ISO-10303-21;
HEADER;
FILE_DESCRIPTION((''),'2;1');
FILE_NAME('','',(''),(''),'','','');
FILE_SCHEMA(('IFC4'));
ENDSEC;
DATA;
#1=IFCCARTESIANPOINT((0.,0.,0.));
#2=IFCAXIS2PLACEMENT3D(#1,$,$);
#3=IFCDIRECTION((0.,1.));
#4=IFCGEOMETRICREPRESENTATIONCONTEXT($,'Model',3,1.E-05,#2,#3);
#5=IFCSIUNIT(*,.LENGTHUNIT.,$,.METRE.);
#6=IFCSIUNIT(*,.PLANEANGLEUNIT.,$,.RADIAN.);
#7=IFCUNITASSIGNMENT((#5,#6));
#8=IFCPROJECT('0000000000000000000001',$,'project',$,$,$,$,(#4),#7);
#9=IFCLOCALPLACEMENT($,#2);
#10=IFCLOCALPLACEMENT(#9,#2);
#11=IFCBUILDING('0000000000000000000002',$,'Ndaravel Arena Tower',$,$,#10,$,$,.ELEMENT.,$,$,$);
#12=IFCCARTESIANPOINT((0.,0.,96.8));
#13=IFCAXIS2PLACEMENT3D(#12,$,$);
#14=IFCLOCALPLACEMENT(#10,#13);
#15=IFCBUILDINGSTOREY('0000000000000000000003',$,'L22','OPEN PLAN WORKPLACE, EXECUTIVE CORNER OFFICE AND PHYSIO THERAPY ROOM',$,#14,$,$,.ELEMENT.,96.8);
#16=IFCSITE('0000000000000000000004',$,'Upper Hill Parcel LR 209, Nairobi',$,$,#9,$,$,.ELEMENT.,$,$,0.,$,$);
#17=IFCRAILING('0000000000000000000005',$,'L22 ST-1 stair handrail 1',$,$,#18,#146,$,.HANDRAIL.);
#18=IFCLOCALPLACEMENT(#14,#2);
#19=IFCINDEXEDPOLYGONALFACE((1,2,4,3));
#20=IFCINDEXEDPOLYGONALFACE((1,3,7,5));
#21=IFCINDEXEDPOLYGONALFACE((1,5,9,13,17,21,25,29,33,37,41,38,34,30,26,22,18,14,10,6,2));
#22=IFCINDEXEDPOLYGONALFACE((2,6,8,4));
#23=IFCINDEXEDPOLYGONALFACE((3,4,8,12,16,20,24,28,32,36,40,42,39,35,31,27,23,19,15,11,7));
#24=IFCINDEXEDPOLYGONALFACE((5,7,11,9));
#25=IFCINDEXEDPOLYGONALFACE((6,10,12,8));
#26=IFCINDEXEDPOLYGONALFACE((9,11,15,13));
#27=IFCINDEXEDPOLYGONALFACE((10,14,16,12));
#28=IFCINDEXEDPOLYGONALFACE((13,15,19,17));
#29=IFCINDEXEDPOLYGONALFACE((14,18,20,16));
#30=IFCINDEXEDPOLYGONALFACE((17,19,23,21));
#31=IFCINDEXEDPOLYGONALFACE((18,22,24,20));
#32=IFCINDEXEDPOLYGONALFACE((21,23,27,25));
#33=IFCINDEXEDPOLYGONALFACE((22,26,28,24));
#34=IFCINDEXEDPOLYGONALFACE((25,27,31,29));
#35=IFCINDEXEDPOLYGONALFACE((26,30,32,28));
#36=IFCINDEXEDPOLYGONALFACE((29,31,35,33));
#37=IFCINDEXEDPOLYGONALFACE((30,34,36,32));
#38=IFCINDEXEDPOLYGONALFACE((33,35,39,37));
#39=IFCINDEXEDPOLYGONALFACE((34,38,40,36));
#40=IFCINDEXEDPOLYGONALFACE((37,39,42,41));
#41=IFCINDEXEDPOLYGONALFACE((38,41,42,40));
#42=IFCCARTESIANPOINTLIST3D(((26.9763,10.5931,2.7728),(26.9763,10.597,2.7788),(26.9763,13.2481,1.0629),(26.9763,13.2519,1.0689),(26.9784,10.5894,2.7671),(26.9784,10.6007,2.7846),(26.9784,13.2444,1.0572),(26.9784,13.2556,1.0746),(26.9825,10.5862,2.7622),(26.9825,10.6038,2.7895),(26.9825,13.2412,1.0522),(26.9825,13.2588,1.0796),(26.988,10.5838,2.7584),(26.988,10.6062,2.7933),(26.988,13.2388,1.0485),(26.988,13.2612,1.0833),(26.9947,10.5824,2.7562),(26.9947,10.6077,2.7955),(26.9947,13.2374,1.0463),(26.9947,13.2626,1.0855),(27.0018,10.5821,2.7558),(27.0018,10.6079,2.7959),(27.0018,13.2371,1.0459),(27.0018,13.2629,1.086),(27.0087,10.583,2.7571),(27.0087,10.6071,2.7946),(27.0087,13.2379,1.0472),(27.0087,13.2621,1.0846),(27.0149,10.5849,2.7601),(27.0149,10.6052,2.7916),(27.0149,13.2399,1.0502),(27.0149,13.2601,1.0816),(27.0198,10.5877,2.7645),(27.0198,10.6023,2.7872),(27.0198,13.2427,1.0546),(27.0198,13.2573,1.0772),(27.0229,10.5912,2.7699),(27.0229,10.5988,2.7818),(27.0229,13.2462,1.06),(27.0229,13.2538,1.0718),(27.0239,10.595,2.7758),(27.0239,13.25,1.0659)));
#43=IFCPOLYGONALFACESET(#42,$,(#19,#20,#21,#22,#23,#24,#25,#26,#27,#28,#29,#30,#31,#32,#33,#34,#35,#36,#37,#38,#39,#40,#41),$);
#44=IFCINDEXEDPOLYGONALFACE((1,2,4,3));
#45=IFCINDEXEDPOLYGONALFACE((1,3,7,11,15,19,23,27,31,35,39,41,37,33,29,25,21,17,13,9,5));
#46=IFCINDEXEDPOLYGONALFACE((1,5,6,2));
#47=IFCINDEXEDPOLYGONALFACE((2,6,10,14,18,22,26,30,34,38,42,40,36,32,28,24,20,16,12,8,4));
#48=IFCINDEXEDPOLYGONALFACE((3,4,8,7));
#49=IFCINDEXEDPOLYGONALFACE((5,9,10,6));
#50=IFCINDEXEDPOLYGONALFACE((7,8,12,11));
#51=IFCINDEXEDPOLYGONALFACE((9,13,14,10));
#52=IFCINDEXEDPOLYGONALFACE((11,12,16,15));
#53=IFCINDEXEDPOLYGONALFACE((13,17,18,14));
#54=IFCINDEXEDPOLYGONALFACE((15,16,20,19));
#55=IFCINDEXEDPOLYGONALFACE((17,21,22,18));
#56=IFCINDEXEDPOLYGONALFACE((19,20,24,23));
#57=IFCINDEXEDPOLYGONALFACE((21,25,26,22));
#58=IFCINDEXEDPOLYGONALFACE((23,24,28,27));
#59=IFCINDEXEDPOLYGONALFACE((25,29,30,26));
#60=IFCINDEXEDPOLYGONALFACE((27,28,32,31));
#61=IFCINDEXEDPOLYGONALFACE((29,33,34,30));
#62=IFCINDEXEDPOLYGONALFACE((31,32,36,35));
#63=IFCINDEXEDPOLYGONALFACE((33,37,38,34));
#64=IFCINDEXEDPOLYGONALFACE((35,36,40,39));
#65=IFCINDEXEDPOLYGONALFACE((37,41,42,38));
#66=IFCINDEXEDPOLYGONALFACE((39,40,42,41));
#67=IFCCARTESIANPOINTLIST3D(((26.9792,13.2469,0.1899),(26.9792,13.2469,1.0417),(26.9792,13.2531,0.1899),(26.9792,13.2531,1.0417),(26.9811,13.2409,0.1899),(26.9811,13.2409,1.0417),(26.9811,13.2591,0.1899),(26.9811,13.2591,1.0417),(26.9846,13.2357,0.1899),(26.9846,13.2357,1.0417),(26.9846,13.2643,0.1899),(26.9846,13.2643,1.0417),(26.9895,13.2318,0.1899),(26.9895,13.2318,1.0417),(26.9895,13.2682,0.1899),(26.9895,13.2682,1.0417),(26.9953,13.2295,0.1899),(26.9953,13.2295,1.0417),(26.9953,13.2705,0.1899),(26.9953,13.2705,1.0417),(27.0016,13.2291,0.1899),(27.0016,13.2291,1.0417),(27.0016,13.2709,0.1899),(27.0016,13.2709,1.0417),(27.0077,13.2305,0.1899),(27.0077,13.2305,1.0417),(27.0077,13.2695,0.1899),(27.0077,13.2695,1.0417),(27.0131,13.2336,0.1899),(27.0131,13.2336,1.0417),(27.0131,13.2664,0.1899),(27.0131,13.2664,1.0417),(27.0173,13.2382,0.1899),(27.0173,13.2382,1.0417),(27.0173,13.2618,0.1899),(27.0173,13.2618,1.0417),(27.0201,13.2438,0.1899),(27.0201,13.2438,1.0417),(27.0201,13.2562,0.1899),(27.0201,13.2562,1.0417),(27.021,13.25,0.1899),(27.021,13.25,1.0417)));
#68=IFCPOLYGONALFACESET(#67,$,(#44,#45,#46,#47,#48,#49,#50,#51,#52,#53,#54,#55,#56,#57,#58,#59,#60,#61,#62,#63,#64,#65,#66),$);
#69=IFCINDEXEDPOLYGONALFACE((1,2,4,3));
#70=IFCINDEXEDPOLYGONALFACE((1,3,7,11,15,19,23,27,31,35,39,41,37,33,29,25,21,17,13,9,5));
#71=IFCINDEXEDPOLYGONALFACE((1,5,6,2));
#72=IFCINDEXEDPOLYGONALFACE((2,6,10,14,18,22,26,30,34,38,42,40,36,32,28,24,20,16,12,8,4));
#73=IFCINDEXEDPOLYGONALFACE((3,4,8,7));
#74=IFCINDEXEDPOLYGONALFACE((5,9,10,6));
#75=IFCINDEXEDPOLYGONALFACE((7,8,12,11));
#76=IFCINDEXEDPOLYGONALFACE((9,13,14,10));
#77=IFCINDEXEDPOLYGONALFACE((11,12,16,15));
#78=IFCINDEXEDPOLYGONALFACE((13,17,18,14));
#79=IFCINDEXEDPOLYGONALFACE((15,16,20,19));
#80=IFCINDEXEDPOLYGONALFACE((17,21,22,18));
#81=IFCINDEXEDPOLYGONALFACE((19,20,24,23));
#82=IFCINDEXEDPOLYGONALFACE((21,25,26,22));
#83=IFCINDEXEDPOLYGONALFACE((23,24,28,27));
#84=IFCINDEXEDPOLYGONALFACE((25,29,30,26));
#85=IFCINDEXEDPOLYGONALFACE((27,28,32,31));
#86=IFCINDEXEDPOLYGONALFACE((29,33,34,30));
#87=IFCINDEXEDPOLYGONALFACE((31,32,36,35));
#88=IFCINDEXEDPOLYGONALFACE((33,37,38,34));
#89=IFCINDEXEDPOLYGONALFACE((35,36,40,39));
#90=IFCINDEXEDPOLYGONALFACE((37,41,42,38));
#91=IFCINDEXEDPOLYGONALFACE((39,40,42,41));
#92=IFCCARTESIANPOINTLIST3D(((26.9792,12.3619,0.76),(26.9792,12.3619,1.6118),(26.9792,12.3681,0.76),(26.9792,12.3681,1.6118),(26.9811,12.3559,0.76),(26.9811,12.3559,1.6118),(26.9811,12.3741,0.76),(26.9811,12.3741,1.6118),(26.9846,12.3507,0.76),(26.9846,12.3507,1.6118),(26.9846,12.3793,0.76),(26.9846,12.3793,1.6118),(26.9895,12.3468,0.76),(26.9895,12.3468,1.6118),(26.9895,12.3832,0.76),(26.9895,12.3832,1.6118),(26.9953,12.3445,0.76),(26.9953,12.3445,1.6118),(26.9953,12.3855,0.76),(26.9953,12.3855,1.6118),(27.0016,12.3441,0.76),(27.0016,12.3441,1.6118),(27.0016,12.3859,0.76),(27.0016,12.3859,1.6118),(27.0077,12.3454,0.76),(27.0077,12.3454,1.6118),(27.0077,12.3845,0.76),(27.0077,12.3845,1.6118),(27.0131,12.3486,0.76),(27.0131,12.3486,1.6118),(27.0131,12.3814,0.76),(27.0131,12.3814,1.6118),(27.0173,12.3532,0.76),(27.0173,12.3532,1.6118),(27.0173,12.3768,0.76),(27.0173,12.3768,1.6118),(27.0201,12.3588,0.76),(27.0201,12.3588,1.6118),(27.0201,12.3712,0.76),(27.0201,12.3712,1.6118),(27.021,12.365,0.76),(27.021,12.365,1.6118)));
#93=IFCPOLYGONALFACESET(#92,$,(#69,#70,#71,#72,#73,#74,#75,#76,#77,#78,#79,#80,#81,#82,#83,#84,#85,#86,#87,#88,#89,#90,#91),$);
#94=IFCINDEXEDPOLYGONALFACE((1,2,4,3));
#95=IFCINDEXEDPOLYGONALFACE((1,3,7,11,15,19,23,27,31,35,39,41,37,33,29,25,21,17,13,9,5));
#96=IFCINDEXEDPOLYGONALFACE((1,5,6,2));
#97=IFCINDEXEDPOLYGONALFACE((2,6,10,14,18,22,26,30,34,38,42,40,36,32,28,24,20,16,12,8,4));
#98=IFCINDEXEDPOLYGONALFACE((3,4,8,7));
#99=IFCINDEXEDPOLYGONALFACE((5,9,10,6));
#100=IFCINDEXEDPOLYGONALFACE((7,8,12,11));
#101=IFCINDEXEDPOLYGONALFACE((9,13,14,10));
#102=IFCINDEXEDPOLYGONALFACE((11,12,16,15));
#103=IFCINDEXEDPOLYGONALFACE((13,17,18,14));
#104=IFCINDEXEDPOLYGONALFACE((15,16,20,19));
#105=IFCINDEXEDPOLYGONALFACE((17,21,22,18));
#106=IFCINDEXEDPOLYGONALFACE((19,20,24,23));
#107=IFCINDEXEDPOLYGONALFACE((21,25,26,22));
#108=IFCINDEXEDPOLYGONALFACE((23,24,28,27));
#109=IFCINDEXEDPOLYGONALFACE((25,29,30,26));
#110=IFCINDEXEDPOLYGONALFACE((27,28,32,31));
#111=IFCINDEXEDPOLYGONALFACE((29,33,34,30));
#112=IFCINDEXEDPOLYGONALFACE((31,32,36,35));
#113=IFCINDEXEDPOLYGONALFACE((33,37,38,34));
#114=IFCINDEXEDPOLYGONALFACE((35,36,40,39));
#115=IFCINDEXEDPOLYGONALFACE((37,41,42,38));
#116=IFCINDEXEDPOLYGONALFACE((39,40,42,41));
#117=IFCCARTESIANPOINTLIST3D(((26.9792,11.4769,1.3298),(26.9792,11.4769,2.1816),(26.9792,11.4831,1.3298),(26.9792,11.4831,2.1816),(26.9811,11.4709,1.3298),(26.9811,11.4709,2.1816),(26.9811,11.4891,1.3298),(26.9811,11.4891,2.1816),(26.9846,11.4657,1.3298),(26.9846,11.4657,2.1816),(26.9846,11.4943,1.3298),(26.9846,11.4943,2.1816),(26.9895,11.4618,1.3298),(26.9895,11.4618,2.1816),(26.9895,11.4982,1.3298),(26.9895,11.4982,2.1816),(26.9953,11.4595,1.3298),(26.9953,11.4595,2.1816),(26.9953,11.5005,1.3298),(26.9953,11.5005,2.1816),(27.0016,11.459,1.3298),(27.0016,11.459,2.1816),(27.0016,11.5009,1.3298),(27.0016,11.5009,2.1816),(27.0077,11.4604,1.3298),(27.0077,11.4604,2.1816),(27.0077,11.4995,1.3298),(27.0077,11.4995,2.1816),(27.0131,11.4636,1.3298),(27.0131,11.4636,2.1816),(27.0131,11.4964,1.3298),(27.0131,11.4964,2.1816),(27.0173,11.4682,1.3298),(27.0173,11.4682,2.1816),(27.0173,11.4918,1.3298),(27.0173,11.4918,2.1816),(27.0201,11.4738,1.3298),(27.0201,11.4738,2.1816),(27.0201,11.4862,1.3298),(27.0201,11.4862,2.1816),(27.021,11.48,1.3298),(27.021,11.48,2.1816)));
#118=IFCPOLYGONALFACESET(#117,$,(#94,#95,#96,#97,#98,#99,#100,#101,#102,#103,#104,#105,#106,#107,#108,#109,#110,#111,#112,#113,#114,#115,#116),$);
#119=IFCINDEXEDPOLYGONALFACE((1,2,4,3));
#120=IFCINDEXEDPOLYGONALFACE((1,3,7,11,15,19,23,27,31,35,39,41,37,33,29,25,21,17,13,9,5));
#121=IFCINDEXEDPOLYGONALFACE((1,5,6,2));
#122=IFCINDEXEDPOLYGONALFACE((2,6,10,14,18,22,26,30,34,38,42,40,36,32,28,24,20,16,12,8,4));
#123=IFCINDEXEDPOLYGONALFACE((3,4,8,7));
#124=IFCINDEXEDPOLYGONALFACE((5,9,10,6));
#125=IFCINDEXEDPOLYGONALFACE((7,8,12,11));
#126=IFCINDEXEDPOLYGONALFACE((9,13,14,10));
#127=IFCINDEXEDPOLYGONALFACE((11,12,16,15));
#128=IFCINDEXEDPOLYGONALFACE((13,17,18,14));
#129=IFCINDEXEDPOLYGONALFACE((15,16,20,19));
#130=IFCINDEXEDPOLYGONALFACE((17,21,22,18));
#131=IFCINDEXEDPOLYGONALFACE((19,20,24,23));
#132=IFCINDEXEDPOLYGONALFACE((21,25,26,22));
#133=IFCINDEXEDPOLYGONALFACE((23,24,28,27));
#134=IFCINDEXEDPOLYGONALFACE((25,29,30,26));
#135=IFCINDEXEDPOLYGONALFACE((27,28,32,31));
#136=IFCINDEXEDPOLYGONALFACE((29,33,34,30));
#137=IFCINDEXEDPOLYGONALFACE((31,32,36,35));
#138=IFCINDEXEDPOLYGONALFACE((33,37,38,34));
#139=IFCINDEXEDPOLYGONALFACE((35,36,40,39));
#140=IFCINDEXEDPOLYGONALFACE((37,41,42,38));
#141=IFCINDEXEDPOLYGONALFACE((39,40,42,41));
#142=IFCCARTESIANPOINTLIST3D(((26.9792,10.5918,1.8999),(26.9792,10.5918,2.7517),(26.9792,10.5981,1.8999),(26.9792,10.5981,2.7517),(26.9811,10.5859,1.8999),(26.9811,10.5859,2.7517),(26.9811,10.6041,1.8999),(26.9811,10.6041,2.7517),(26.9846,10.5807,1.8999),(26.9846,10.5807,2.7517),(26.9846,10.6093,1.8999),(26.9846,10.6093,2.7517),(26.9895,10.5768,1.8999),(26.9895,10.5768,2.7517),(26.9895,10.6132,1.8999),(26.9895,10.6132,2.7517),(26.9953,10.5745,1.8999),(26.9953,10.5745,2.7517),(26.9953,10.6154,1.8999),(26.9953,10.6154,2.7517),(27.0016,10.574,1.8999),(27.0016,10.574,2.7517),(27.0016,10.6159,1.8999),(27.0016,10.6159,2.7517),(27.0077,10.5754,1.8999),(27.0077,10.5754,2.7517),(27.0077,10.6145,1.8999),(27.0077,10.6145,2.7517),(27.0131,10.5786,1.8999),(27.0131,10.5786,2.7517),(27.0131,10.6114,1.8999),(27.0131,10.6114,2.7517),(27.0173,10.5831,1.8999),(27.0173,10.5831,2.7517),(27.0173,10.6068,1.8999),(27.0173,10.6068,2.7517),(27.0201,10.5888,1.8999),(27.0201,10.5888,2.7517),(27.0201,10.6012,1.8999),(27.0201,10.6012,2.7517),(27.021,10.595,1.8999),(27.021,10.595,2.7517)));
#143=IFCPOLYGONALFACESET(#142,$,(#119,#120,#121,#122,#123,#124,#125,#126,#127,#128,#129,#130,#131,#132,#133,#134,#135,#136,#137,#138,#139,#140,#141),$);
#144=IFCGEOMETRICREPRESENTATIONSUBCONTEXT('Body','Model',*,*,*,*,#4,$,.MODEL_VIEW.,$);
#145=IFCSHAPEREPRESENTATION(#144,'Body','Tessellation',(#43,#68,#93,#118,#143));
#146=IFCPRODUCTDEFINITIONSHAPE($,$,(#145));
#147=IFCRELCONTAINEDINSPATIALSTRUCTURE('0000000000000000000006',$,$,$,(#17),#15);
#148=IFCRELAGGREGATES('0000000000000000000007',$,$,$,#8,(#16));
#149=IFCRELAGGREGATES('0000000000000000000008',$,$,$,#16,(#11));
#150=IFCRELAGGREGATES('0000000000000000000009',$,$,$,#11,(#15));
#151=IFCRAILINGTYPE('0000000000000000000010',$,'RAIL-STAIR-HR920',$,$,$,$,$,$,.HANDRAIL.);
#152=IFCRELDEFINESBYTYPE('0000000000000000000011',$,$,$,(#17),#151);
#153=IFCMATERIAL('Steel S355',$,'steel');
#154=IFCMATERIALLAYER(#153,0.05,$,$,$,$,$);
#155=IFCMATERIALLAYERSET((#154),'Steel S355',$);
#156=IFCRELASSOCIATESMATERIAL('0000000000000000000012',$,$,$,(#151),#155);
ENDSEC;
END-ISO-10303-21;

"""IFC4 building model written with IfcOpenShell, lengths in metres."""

from ifc_helpers import new_model, si_unit, direction, frame, origin, origin_2d, place, context, subcontext, project, spatial, circle, extrude, material, layer, layer_set, type_object, element, save


model = new_model("IFC4")

# Units and contexts
model_context = context("Model", 3, precision=1e-05, world=origin(), true_north=direction((0.0, 1.0)))
body_context = subcontext(model_context, "Body", "Model", "MODEL_VIEW")
ifc_project = project(units=[si_unit("LENGTHUNIT", "METRE"), si_unit("PLANEANGLEUNIT", "RADIAN")], contexts=[model_context])

# Site, building, storey
site_placement = place(None, origin())
site = spatial("IfcSite", under=ifc_project, at=site_placement, Name="Upper Hill Parcel LR 209, Nairobi", CompositionType="ELEMENT", RefElevation=0.0)
building_placement = place(site_placement, origin())
building = spatial("IfcBuilding", under=site, at=building_placement, Name="Ndaravel Arena Tower", CompositionType="ELEMENT")
storey_placement = place(building_placement, frame((0.0, 0.0, 96.8)))
storey = spatial("IfcBuildingStorey", under=building, at=storey_placement, Name="L22", Description="OPEN PLAN WORKPLACE, EXECUTIVE CORNER OFFICE AND PHYSIO THERAPY ROOM", CompositionType="ELEMENT", Elevation=96.8)

# Railing
ifc_material_1 = material(Name="Steel S355", Category="steel")
ifc_layer_1 = layer(ifc_material_1, 0.05)
ifc_layer_set_1 = layer_set([ifc_layer_1], Name="Steel S355")
railing_type_1 = type_object("IfcRailingType", Name="RAIL-STAIR-HR920", PredefinedType="HANDRAIL", material=ifc_layer_set_1)
railing_1_placement = place(storey_placement, frame((27.0, 13.25, 0.1899)))
element("IfcRailing", 1, at=railing_1_placement, inside=storey, type_object=railing_type_1, Name="L22 ST-1 stair handrail 1", PredefinedType="HANDRAIL", context=body_context, shape_type="SweptSolid", body=[
    extrude(circle(Radius=0.0239, at=origin_2d()), frame((0.0, 0.0, 0.876), z_axis=(0.0, -0.840724, 0.541465), x_axis=(1.0, 0.0, 0.0)), (0.0, 0.0, 1.0), 3.158),
    extrude(circle(Radius=0.021, at=origin_2d()), origin(), (0.0, 0.0, 1.0), 0.8518),
    extrude(circle(Radius=0.021, at=origin_2d()), frame((0.0, -0.885, 0.5701)), (0.0, 0.0, 1.0), 0.8518),
    extrude(circle(Radius=0.021, at=origin_2d()), frame((0.0, -1.77, 1.1399)), (0.0, 0.0, 1.0), 0.8518),
    extrude(circle(Radius=0.021, at=origin_2d()), frame((0.0, -2.655, 1.71)), (0.0, 0.0, 1.0), 0.8518),
])

save(model, "model.ifc")
